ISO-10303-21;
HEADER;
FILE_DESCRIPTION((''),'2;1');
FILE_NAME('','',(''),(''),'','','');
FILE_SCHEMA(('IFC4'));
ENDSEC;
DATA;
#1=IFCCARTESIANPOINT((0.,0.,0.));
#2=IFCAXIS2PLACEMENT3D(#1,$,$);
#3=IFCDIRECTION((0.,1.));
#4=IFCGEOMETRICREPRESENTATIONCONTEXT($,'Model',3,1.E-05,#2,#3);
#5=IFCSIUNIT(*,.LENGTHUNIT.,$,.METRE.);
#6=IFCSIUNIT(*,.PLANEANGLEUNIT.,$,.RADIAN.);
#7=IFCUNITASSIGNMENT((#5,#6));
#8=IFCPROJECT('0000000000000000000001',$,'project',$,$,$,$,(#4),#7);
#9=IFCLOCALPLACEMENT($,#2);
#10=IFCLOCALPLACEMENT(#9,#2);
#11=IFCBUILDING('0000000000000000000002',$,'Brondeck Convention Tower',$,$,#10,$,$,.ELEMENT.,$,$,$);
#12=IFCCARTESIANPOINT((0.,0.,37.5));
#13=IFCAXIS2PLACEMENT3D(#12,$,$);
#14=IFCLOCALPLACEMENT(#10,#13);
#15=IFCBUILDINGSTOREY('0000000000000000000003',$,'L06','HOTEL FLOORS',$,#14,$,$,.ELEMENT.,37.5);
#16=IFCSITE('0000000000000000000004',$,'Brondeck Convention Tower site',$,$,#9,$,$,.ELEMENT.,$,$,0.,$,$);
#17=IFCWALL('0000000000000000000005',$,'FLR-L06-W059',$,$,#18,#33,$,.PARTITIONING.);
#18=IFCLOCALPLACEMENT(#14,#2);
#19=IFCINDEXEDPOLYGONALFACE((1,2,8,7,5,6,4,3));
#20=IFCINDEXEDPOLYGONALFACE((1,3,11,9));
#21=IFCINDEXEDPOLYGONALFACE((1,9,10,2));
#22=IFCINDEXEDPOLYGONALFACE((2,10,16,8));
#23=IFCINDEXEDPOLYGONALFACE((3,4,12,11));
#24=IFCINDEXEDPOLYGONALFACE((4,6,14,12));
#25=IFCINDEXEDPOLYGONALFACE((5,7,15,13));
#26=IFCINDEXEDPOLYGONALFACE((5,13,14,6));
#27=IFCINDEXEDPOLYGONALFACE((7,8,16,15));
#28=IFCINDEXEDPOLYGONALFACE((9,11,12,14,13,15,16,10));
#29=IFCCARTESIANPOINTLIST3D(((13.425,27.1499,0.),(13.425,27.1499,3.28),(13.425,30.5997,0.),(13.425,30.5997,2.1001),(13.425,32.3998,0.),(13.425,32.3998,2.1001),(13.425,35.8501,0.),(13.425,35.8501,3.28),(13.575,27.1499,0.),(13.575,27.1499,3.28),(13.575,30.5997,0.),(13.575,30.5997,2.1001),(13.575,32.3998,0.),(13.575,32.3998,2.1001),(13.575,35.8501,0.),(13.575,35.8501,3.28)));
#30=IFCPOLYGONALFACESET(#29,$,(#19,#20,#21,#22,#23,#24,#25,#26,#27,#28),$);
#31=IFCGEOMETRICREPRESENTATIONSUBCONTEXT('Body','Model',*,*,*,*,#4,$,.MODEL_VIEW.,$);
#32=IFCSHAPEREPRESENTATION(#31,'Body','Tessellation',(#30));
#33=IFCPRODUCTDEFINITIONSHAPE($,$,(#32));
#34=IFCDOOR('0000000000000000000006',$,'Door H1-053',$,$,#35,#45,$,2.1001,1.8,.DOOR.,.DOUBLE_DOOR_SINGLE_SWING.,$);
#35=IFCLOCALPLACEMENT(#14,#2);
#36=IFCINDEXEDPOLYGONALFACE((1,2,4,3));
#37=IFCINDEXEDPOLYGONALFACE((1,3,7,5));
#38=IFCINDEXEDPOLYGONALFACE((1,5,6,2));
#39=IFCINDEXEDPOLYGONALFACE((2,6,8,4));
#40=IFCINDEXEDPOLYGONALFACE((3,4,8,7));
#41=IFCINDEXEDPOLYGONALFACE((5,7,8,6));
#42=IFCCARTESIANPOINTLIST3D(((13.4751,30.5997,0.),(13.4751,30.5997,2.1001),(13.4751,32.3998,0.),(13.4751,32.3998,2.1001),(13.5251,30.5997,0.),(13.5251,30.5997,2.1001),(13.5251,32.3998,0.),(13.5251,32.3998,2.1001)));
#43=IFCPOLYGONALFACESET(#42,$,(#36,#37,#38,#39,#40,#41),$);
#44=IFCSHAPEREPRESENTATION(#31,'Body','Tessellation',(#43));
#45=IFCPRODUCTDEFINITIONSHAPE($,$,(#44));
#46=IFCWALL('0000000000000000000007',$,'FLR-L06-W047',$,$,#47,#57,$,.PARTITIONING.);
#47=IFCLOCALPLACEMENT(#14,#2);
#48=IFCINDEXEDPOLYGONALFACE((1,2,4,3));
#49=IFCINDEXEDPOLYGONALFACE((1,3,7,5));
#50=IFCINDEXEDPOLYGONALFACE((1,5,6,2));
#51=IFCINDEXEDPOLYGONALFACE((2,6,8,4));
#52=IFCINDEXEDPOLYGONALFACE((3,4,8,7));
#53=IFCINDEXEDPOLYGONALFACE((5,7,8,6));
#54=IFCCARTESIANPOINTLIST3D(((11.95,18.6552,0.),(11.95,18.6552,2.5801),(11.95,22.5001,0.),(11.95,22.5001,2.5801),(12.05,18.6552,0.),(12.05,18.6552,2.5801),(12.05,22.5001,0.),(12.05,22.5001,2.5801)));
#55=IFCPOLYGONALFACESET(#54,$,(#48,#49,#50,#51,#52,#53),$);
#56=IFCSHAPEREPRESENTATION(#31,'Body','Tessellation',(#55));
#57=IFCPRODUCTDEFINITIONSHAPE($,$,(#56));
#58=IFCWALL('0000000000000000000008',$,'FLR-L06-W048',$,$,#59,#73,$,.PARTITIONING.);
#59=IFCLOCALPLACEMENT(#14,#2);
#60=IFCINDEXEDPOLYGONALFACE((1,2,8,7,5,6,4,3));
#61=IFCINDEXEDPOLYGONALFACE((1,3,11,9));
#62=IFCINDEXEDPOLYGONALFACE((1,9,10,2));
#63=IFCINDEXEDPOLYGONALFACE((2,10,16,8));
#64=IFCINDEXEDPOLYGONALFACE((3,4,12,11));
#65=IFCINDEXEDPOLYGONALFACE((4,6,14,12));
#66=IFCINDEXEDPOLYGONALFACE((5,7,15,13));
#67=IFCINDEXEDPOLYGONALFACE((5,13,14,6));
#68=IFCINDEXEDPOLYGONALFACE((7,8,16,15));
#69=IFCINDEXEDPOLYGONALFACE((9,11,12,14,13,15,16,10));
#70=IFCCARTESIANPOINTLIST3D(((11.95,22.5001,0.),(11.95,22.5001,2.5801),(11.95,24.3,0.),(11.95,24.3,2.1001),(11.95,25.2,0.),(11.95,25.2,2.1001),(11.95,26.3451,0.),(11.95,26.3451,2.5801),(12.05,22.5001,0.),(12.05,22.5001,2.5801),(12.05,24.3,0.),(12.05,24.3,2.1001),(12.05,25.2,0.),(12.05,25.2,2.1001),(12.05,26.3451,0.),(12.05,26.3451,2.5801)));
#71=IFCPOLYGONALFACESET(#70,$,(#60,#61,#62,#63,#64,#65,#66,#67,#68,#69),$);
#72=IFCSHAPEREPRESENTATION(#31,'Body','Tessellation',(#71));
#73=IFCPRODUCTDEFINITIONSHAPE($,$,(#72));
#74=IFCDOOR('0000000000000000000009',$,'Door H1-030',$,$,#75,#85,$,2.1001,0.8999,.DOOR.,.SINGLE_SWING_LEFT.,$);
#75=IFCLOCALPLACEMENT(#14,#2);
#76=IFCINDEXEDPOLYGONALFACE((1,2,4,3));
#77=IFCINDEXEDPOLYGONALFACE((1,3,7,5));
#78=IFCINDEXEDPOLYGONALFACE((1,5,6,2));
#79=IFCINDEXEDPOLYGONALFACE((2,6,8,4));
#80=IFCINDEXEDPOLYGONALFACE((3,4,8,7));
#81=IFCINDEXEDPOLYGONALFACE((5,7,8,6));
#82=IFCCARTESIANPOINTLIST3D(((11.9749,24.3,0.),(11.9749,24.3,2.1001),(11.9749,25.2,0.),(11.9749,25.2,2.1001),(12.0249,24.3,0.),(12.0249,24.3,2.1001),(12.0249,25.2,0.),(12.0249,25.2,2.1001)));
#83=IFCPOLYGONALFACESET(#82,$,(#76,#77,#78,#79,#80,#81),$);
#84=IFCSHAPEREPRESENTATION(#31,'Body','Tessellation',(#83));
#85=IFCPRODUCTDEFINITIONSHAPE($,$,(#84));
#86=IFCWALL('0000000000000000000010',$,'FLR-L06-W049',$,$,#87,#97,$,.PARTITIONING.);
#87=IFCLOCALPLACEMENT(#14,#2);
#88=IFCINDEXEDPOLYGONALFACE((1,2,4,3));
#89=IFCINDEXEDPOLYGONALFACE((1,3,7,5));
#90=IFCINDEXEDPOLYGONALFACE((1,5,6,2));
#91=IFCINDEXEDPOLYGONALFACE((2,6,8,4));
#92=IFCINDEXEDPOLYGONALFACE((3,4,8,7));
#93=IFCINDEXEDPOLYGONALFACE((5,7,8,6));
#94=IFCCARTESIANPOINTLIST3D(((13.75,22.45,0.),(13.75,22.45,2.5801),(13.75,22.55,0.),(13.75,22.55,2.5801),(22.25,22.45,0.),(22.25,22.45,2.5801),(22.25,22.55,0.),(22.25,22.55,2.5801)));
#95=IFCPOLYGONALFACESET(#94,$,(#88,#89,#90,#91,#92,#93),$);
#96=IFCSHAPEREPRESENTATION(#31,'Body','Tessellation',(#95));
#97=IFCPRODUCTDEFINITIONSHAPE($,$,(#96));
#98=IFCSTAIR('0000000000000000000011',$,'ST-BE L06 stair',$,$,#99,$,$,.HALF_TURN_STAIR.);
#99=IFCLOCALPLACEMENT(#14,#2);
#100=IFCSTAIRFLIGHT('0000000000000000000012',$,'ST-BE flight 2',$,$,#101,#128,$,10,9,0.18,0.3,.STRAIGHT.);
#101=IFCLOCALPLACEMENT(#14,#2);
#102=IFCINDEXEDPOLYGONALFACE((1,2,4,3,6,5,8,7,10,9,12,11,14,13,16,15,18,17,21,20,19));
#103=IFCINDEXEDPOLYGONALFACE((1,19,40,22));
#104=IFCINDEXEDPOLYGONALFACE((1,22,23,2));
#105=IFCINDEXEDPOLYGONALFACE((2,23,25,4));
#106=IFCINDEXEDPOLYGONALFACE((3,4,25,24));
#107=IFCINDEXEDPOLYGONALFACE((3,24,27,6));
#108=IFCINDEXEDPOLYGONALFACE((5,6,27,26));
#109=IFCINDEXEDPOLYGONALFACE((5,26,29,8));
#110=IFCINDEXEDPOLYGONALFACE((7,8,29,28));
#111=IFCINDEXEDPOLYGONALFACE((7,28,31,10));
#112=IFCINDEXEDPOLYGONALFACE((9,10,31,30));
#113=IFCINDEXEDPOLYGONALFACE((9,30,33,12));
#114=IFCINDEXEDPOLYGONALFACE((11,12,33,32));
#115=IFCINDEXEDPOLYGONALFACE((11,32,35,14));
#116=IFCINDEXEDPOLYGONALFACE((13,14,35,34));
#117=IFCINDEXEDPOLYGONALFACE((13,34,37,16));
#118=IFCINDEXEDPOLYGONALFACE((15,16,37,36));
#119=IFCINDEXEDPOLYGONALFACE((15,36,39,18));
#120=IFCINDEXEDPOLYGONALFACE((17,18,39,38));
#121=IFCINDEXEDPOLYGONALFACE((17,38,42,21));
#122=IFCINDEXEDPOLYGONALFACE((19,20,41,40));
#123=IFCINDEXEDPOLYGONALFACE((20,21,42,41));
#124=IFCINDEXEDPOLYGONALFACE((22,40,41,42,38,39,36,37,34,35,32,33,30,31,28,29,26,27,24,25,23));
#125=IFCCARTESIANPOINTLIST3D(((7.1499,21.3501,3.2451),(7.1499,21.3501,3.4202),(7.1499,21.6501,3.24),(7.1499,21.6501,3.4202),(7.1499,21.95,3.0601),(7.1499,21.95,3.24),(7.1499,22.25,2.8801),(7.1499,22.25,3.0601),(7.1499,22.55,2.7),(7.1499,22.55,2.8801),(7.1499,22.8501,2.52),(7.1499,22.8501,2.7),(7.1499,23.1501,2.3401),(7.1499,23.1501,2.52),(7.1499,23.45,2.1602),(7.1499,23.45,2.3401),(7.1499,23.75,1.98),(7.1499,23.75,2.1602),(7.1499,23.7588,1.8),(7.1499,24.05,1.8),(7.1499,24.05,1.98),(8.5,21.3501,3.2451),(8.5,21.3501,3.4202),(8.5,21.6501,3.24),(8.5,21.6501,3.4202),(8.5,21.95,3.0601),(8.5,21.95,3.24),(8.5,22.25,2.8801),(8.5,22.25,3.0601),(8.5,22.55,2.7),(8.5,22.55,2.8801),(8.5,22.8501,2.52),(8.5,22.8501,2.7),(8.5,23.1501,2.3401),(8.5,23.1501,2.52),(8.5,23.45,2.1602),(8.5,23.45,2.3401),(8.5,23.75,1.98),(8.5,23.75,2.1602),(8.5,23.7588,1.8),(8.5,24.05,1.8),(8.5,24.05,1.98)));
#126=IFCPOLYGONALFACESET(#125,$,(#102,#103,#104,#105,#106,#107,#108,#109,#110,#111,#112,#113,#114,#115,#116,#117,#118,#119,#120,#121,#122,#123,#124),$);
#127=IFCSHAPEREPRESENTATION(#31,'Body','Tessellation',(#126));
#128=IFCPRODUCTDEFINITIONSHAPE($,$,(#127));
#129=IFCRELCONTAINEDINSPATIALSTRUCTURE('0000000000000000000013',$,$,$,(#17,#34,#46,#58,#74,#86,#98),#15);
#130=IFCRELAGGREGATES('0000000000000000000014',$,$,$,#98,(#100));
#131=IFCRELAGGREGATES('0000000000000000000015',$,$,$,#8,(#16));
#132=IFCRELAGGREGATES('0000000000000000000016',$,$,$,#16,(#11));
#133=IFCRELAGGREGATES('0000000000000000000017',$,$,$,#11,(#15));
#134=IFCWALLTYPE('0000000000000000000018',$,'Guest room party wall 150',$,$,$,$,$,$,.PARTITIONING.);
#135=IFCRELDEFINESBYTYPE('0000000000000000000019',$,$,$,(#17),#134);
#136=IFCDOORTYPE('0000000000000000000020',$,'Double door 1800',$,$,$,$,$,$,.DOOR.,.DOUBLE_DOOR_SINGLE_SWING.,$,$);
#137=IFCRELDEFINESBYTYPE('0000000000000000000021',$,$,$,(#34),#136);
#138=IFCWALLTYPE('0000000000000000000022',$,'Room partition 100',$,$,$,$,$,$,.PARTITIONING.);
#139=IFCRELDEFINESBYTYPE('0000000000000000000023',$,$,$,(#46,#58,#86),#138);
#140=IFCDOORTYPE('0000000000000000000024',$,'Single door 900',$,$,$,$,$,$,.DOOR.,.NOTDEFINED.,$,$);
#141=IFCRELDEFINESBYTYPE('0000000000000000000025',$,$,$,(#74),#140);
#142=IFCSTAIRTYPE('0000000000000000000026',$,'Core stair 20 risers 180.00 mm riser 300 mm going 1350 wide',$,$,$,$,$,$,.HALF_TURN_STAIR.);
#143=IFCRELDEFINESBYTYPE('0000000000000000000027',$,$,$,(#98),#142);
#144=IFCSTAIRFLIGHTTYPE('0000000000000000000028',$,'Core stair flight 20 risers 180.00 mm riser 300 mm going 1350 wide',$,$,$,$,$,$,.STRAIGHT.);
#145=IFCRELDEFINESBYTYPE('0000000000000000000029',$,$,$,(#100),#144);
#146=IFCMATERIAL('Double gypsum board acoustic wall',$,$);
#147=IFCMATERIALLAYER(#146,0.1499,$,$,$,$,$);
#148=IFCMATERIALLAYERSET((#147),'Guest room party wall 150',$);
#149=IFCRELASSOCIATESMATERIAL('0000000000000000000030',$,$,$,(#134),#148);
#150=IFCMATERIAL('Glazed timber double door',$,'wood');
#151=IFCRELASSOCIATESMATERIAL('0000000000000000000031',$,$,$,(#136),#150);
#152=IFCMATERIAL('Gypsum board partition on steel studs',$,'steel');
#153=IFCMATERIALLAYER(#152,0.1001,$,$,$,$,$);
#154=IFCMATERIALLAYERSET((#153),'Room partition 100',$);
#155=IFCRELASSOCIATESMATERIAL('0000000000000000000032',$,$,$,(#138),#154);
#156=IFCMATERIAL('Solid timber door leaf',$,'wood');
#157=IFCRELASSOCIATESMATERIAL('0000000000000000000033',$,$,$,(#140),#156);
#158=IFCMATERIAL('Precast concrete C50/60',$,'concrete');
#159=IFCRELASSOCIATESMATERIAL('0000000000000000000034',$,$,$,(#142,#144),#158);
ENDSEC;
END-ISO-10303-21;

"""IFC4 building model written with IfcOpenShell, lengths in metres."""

from ifc_helpers import new_model, si_unit, direction, frame, frame_2d, origin, place, context, subcontext, project, spatial, polyline, rectangle, outline, extrude, material, layer, layer_set, type_object, element, fill, aggregate, save


model = new_model("IFC4")

# Units and contexts
model_context = context("Model", 3, precision=1e-05, world=origin(), true_north=direction((0.0, 1.0)))
body_context = subcontext(model_context, "Body", "Model", "MODEL_VIEW")
ifc_project = project(units=[si_unit("LENGTHUNIT", "METRE"), si_unit("PLANEANGLEUNIT", "RADIAN")], contexts=[model_context])

# Site, building, storey
site_placement = place(None, origin())
site = spatial("IfcSite", under=ifc_project, at=site_placement, Name="Brondeck Convention Tower site", CompositionType="ELEMENT", RefElevation=0.0)
building_placement = place(site_placement, origin())
building = spatial("IfcBuilding", under=site, at=building_placement, Name="Brondeck Convention Tower", CompositionType="ELEMENT")
storey_placement = place(building_placement, frame((0.0, 0.0, 37.5)))
storey = spatial("IfcBuildingStorey", under=building, at=storey_placement, Name="L06", Description="HOTEL FLOORS", CompositionType="ELEMENT", Elevation=37.5)

# Wall, opening, door
ifc_material_1 = material(Name="Double gypsum board acoustic wall")
ifc_layer_1 = layer(ifc_material_1, 0.1499)
ifc_layer_set_1 = layer_set([ifc_layer_1], Name="Guest room party wall 150")
wall_type_1 = type_object("IfcWallType", Name="Guest room party wall 150", PredefinedType="PARTITIONING", material=ifc_layer_set_1)
wall_1_placement = place(storey_placement, frame((13.5, 27.1499, 0.0), z_axis=(0.0, 0.0, 1.0), x_axis=(0.0, 1.0, 0.0)))
wall_1 = element("IfcWall", 1, at=wall_1_placement, inside=storey, type_object=wall_type_1, Name="FLR-L06-W059", PredefinedType="PARTITIONING", context=body_context, shape_type="SweptSolid", body=[
    extrude(rectangle(XDim=8.7002, YDim=0.1499, at=frame_2d((4.3501, 0.0))), origin(), (0.0, 0.0, 1.0), 3.28),
])
opening_1_placement = place(wall_1_placement, frame((3.45, 0.0, 0.0)))
opening_1 = element("IfcOpeningElement", 2, at=opening_1_placement, cuts=wall_1, PredefinedType="OPENING", context=body_context, shape_type="SweptSolid", body=[
    extrude(rectangle(XDim=1.8, YDim=2.1001, at=frame_2d((0.8999, 1.05))), frame((0.0, 0.085, 0.0), z_axis=(0.0, -1.0, 0.0), x_axis=(1.0, 0.0, 0.0)), (0.0, 0.0, 1.0), 0.1699),
])
ifc_material_2 = material(Name="Glazed timber double door", Category="wood")
door_type_1 = type_object("IfcDoorType", Name="Double door 1800", OperationType="DOUBLE_DOOR_SINGLE_SWING", PredefinedType="DOOR", material=ifc_material_2)
door_1_placement = place(opening_1_placement, origin())
door_1 = element("IfcDoor", 3, at=door_1_placement, inside=storey, type_object=door_type_1, Name="Door H1-053", OperationType="DOUBLE_DOOR_SINGLE_SWING", OverallHeight=2.1001, OverallWidth=1.8, PredefinedType="DOOR", context=body_context, shape_type="SweptSolid", body=[
    extrude(rectangle(XDim=1.8, YDim=2.1001, at=frame_2d((0.8999, 1.05))), frame((0.0, 0.0249, 0.0), z_axis=(0.0, -1.0, 0.0), x_axis=(1.0, 0.0, 0.0)), (0.0, 0.0, 1.0), 0.05),
])
fill(opening_1, door_1)

# Wall
ifc_material_3 = material(Name="Gypsum board partition on steel studs", Category="steel")
ifc_layer_2 = layer(ifc_material_3, 0.1001)
ifc_layer_set_2 = layer_set([ifc_layer_2], Name="Room partition 100")
wall_type_2 = type_object("IfcWallType", Name="Room partition 100", PredefinedType="PARTITIONING", material=ifc_layer_set_2)
wall_2_placement = place(storey_placement, frame((12.0, 22.5, 0.0), z_axis=(0.0, 0.0, 1.0), x_axis=(0.0, -1.0, 0.0)))
element("IfcWall", 4, at=wall_2_placement, inside=storey, type_object=wall_type_2, Name="FLR-L06-W047", PredefinedType="PARTITIONING", context=body_context, shape_type="SweptSolid", body=[
    extrude(rectangle(XDim=3.845, YDim=0.1001, at=frame_2d((1.9224, 0.0))), origin(), (0.0, 0.0, 1.0), 2.5801),
])

# Wall, opening, door
wall_3_placement = place(storey_placement, frame((12.0, 26.345, 0.0), z_axis=(0.0, 0.0, 1.0), x_axis=(0.0, -1.0, 0.0)))
wall_3 = element("IfcWall", 5, at=wall_3_placement, inside=storey, type_object=wall_type_2, Name="FLR-L06-W048", PredefinedType="PARTITIONING", context=body_context, shape_type="SweptSolid", body=[
    extrude(rectangle(XDim=3.845, YDim=0.1001, at=frame_2d((1.9224, 0.0))), origin(), (0.0, 0.0, 1.0), 2.5801),
])
opening_2_placement = place(wall_3_placement, frame((1.145, 0.0, 0.0)))
opening_2 = element("IfcOpeningElement", 6, at=opening_2_placement, cuts=wall_3, PredefinedType="OPENING", context=body_context, shape_type="SweptSolid", body=[
    extrude(rectangle(XDim=0.8999, YDim=2.1001, at=frame_2d((0.45, 1.05))), frame((0.0, 0.0601, 0.0), z_axis=(0.0, -1.0, 0.0), x_axis=(1.0, 0.0, 0.0)), (0.0, 0.0, 1.0), 0.1201),
])
ifc_material_4 = material(Name="Solid timber door leaf", Category="wood")
door_type_2 = type_object("IfcDoorType", Name="Single door 900", OperationType="NOTDEFINED", PredefinedType="DOOR", material=ifc_material_4)
door_2_placement = place(opening_2_placement, origin())
door_2 = element("IfcDoor", 7, at=door_2_placement, inside=storey, type_object=door_type_2, Name="Door H1-030", OperationType="SINGLE_SWING_LEFT", OverallHeight=2.1001, OverallWidth=0.8999, PredefinedType="DOOR", context=body_context, shape_type="SweptSolid", body=[
    extrude(rectangle(XDim=0.8999, YDim=2.1001, at=frame_2d((0.45, 1.05))), frame((0.0, 0.0249, 0.0), z_axis=(0.0, -1.0, 0.0), x_axis=(1.0, 0.0, 0.0)), (0.0, 0.0, 1.0), 0.05),
])
fill(opening_2, door_2)

# Wall
wall_4_placement = place(storey_placement, frame((22.25, 22.5, 0.0), z_axis=(0.0, 0.0, 1.0), x_axis=(-1.0, 0.0, 0.0)))
element("IfcWall", 8, at=wall_4_placement, inside=storey, type_object=wall_type_2, Name="FLR-L06-W049", PredefinedType="PARTITIONING", context=body_context, shape_type="SweptSolid", body=[
    extrude(rectangle(XDim=8.5, YDim=0.1001, at=frame_2d((4.25, 0.0))), origin(), (0.0, 0.0, 1.0), 2.5801),
])

# Stair, stair flight
ifc_material_5 = material(Name="Precast concrete C50/60", Category="concrete")
stair_type = type_object("IfcStairType", Name="Core stair 20 risers 180.00 mm riser 300 mm going 1350 wide", PredefinedType="HALF_TURN_STAIR", material=ifc_material_5)
stair_placement = place(storey_placement, origin())
stair = element("IfcStair", 9, at=stair_placement, inside=storey, type_object=stair_type, Name="ST-BE L06 stair", PredefinedType="HALF_TURN_STAIR")
stair_flight_type = type_object("IfcStairFlightType", Name="Core stair flight 20 risers 180.00 mm riser 300 mm going 1350 wide", PredefinedType="STRAIGHT", material=ifc_material_5)
stair_flight_placement = place(storey_placement, frame((7.825, 24.05, 1.8), z_axis=(0.0, 0.0, 1.0), x_axis=(0.0, -1.0, 0.0)))
stair_flight = element("IfcStairFlight", 10, at=stair_flight_placement, type_object=stair_flight_type, Name="ST-BE flight 2", NumberOfRisers=10, NumberOfTreads=9, PredefinedType="STRAIGHT", RiserHeight=0.18, TreadLength=0.3, context=body_context, shape_type="SweptSolid", body=[
    extrude(outline(polyline([(0.0, 0.0), (0.0, 0.1799), (0.3, 0.1799), (0.3, 0.3601), (0.6001, 0.3601), (0.6001, 0.54), (0.8999, 0.54), (0.8999, 0.72), (1.2, 0.72), (1.2, 0.8999), (1.5, 0.8999), (1.5, 1.0801), (1.8, 1.0801), (1.8, 1.26), (2.1001, 1.26), (2.1001, 1.4399), (2.3999, 1.4399), (2.3999, 1.6201), (2.7, 1.6201), (2.7, 1.8), (2.7, 1.4451), (0.2913, 0.0), (0.0, 0.0)])), frame((0.0, 0.675, 0.0), z_axis=(0.0, -1.0, 0.0), x_axis=(1.0, 0.0, 0.0)), (0.0, 0.0, 1.0), 1.3501),
])
aggregate(stair, [stair_flight])

save(model, "model.ifc")
